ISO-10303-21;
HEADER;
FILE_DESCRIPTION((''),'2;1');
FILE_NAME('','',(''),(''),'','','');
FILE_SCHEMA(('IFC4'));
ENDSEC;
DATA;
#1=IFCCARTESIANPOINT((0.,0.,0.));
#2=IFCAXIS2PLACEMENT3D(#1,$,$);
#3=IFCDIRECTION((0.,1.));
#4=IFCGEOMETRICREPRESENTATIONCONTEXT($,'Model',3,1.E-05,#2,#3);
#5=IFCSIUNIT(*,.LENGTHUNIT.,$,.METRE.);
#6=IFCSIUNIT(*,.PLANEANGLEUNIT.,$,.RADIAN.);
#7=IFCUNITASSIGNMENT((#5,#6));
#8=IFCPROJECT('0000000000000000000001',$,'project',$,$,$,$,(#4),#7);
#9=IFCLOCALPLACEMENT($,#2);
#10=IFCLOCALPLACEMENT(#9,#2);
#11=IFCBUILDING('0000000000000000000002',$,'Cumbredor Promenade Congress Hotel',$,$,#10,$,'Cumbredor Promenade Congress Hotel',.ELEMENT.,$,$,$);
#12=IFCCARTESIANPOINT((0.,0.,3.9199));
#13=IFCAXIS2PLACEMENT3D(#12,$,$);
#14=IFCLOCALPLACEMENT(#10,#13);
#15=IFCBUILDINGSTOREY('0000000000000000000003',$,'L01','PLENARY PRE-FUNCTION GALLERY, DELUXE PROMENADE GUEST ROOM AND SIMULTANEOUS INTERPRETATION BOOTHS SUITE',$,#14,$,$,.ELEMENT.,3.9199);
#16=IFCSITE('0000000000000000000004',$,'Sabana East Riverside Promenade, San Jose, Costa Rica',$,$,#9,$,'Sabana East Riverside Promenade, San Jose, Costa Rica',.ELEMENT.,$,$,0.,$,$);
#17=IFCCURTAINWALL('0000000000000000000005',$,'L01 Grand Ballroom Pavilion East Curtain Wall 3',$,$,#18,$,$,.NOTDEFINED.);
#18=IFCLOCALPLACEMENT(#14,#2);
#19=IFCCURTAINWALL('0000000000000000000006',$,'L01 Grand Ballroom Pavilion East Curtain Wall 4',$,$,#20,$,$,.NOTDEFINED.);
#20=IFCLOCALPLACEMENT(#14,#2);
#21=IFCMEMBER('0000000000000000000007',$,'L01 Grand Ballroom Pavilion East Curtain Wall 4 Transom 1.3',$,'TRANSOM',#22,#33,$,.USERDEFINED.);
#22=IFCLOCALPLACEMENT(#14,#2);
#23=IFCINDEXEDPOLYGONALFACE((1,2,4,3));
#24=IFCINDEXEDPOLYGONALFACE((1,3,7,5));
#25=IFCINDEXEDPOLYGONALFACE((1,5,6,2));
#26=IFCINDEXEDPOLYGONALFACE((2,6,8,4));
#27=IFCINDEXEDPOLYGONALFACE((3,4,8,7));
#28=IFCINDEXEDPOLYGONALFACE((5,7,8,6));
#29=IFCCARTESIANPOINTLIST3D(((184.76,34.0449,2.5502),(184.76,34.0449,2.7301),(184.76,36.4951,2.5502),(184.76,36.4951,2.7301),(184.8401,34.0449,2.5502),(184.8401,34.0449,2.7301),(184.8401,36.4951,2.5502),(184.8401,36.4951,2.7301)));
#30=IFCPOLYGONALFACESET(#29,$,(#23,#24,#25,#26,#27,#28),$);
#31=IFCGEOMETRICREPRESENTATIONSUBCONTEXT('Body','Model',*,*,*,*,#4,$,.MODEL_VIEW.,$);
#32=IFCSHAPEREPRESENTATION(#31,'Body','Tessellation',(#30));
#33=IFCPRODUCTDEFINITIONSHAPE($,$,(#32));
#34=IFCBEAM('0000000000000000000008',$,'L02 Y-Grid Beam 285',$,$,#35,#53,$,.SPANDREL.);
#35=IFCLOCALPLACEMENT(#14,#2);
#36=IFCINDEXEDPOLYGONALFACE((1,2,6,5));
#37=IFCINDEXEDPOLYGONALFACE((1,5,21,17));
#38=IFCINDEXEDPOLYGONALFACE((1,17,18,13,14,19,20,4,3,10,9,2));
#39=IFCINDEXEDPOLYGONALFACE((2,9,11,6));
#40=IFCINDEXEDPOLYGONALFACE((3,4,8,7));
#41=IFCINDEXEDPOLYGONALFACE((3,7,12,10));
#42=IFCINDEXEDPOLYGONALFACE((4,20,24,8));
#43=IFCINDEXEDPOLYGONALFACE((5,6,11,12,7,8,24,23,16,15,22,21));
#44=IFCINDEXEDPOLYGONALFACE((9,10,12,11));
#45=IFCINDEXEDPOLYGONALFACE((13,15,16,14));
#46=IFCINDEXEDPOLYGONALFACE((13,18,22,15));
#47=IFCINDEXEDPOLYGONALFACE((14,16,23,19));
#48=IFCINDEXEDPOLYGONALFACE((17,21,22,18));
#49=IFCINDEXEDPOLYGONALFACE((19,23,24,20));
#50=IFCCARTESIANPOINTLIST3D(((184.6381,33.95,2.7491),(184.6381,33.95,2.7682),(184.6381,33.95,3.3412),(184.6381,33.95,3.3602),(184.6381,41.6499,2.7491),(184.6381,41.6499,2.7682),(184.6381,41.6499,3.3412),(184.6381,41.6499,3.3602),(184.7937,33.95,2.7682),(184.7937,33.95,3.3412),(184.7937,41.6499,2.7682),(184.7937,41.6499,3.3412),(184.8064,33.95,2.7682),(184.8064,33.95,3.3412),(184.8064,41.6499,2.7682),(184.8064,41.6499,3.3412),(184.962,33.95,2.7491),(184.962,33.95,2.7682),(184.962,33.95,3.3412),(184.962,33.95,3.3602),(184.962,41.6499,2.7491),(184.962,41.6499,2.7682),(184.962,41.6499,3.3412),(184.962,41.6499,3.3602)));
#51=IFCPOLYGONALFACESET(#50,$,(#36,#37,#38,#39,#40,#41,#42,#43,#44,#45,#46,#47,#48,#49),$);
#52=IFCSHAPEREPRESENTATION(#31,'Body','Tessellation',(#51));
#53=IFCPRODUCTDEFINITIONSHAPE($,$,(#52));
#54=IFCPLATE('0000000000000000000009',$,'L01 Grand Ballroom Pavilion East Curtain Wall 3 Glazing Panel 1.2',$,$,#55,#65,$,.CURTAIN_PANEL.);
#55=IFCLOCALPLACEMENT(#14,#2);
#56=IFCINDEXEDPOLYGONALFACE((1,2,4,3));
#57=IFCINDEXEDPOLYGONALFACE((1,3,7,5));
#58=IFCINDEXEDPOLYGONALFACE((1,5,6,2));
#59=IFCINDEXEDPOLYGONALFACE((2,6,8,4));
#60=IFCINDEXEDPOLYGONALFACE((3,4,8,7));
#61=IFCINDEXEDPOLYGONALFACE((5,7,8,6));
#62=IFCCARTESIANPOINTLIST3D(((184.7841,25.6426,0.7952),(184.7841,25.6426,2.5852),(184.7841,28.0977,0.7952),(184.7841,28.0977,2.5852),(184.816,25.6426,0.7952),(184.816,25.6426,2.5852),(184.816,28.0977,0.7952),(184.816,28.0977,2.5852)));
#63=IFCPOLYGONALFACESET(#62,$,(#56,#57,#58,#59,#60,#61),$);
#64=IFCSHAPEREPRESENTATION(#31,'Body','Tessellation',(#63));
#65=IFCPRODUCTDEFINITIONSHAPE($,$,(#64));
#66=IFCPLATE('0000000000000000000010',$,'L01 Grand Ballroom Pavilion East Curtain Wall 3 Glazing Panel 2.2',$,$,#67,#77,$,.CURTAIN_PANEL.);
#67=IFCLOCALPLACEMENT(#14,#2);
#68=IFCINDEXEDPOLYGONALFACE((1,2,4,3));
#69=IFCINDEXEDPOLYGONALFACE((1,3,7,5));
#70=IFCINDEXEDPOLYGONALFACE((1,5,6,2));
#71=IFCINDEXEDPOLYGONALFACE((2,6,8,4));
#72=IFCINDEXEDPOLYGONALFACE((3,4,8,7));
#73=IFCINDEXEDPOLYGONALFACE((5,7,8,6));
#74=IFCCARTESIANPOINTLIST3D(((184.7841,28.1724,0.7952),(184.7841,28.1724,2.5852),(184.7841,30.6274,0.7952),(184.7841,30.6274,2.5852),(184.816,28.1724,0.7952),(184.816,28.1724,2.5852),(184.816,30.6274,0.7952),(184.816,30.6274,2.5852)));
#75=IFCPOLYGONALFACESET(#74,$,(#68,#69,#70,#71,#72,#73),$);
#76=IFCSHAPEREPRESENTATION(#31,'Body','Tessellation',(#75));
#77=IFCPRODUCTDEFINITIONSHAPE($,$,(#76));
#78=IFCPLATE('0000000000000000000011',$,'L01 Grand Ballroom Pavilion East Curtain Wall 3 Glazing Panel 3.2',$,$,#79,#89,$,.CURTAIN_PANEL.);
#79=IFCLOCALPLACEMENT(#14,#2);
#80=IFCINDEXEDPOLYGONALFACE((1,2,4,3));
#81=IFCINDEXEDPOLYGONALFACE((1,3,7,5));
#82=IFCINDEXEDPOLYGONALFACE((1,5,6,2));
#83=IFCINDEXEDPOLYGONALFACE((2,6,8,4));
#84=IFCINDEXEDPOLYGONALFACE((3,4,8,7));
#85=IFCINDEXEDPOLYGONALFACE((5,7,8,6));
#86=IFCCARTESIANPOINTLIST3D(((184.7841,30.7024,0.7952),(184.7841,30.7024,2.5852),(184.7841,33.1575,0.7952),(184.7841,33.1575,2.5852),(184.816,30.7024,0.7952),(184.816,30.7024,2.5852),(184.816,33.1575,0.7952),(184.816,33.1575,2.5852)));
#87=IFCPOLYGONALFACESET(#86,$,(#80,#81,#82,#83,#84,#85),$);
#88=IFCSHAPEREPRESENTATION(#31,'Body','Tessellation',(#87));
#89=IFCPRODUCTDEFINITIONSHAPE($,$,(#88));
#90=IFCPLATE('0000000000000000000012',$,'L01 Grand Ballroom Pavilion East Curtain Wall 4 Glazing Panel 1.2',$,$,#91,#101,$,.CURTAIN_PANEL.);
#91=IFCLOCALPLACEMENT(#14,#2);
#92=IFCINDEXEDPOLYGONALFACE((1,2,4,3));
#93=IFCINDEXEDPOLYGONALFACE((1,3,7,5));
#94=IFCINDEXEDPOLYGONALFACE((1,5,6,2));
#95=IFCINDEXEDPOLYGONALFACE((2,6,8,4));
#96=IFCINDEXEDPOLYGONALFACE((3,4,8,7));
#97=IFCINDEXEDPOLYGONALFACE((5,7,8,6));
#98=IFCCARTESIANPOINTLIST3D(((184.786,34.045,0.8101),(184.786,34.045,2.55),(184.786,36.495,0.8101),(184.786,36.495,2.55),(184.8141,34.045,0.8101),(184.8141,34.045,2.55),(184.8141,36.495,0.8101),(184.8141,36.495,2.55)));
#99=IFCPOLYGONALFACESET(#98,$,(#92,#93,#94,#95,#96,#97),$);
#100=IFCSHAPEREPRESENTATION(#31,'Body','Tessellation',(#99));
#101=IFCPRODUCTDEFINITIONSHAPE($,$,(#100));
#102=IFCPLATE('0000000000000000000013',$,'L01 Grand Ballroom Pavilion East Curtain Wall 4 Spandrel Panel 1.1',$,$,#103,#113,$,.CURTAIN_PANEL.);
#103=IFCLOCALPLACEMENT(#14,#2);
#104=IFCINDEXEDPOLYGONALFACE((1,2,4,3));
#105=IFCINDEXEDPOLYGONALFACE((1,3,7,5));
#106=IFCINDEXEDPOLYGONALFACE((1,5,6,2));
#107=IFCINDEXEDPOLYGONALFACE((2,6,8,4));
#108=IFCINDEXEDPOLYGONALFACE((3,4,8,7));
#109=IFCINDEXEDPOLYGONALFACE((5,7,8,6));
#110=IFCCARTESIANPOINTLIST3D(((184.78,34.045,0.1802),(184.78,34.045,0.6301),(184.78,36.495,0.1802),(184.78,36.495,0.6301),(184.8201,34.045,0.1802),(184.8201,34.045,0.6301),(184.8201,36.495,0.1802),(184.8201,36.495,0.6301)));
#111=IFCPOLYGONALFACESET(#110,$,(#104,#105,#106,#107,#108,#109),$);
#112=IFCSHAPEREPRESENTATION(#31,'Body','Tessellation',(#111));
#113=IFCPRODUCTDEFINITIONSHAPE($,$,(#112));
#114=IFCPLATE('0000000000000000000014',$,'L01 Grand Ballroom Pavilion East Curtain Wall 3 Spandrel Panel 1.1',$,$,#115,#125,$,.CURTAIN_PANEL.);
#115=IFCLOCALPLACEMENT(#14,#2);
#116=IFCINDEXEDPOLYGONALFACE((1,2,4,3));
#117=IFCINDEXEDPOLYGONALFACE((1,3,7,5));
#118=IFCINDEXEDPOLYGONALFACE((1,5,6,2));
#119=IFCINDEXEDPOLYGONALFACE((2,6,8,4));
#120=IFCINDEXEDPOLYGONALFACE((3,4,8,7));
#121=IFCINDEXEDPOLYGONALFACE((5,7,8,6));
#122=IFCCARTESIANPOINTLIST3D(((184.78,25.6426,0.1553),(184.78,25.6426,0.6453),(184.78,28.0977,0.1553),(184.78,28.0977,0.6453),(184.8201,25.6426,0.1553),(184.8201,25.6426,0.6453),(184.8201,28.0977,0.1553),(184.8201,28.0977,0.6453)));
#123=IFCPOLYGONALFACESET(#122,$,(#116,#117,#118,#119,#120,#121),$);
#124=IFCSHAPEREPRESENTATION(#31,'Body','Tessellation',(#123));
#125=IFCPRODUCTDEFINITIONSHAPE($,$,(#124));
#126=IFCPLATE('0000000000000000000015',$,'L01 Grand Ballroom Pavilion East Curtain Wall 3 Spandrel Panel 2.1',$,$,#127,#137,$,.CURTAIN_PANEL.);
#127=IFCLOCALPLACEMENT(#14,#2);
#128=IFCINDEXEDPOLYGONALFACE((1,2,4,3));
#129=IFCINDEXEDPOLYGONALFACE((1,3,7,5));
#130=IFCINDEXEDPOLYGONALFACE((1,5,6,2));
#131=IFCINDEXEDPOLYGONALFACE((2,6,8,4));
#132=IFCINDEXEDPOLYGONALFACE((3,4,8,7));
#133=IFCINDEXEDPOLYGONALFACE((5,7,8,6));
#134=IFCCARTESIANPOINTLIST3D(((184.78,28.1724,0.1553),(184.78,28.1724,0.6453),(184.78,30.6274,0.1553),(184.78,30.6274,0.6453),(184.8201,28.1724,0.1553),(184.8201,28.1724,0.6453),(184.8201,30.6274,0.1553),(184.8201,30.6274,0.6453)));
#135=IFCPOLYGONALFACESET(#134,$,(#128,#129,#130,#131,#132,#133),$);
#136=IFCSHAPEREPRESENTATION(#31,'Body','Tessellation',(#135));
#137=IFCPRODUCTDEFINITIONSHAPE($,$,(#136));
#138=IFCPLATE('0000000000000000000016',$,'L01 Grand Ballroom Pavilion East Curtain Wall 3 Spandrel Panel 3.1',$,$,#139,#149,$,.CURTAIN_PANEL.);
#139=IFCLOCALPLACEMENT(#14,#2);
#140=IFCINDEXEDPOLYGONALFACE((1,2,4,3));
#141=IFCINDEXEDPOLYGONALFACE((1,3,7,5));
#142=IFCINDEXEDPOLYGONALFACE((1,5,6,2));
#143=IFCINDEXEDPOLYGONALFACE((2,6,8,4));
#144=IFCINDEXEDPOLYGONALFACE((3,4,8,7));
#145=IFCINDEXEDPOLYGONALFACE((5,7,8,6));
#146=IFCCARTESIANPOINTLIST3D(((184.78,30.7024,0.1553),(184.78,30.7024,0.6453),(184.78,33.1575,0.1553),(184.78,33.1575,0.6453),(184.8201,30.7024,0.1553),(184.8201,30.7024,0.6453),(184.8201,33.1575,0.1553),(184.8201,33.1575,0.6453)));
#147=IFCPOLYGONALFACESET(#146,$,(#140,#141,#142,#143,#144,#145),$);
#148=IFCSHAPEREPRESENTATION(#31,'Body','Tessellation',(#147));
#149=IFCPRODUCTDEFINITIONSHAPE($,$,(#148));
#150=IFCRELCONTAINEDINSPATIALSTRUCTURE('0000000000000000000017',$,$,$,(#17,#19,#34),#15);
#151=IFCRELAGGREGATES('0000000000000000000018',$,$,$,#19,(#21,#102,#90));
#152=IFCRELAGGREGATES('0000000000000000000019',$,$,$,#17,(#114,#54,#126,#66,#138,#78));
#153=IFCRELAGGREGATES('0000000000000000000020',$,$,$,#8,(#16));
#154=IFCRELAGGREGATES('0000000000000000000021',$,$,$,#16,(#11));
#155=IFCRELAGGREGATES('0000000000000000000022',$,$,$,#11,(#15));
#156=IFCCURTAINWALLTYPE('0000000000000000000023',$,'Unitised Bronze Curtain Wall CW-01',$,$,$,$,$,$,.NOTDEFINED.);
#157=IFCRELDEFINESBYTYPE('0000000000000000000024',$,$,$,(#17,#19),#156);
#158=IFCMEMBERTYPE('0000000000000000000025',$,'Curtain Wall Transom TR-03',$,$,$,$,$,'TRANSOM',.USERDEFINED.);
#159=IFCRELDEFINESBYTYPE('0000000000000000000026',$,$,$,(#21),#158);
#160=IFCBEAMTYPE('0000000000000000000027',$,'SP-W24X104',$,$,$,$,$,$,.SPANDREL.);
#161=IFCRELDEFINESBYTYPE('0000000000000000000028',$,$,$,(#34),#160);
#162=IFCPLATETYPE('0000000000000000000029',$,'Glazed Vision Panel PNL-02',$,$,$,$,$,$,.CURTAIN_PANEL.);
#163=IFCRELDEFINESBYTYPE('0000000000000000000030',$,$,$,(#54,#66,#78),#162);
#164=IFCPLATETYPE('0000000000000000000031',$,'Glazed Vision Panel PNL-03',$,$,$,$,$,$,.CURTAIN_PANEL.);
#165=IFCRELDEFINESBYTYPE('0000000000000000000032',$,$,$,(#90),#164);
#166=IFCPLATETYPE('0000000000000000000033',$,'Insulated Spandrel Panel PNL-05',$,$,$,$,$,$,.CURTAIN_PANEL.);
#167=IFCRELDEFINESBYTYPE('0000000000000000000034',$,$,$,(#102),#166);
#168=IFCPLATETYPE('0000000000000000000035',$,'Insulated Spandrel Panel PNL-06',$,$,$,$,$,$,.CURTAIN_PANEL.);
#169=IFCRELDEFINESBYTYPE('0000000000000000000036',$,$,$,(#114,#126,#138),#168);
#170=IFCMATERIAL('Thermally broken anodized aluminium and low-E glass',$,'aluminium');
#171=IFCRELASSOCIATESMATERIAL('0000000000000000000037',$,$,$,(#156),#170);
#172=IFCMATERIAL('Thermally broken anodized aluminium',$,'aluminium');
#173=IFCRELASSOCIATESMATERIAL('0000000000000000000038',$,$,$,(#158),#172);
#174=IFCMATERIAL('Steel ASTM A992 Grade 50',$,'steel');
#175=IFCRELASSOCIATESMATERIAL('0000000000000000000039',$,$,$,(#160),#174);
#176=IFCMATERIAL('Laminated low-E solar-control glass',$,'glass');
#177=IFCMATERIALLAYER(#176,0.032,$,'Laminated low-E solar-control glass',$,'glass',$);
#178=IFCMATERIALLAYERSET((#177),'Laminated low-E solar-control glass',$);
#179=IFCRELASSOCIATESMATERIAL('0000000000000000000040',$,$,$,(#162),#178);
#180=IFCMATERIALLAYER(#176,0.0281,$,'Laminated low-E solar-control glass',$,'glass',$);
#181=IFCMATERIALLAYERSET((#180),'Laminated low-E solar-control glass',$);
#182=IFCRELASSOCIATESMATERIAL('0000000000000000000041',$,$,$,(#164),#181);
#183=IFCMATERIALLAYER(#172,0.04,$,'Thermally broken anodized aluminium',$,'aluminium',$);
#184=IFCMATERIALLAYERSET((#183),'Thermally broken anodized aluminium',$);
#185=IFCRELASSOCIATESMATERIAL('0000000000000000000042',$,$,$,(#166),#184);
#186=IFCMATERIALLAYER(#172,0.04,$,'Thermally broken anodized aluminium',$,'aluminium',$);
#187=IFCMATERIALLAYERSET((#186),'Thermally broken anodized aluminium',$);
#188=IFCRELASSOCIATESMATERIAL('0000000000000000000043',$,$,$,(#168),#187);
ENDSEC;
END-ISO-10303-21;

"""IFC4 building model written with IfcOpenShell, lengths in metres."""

from ifc_helpers import new_model, si_unit, direction, frame, origin, origin_2d, place, context, subcontext, project, spatial, rectangle, i_section, extrude, material, layer, layer_set, material_profile, profile_set, type_object, element, aggregate, save


model = new_model("IFC4")

# Units and contexts
model_context = context("Model", 3, precision=1e-05, world=origin(), true_north=direction((0.0, 1.0)))
body_context = subcontext(model_context, "Body", "Model", "MODEL_VIEW")
ifc_project = project(units=[si_unit("LENGTHUNIT", "METRE"), si_unit("PLANEANGLEUNIT", "RADIAN")], contexts=[model_context])

# Site, building, storey
site_placement = place(None, origin())
site = spatial("IfcSite", under=ifc_project, at=site_placement, Name="Sabana East Riverside Promenade, San Jose, Costa Rica", LongName="Sabana East Riverside Promenade, San Jose, Costa Rica", CompositionType="ELEMENT", RefElevation=0.0)
building_placement = place(site_placement, origin())
building = spatial("IfcBuilding", under=site, at=building_placement, Name="Cumbredor Promenade Congress Hotel", LongName="Cumbredor Promenade Congress Hotel", CompositionType="ELEMENT")
storey_placement = place(building_placement, frame((0.0, 0.0, 3.9199)))
storey = spatial("IfcBuildingStorey", under=building, at=storey_placement, Name="L01", Description="PLENARY PRE-FUNCTION GALLERY, DELUXE PROMENADE GUEST ROOM AND SIMULTANEOUS INTERPRETATION BOOTHS SUITE", CompositionType="ELEMENT", Elevation=3.9199)

# Curtain walls
ifc_material_1 = material(Name="Thermally broken anodized aluminium and low-E glass", Category="aluminium")
curtain_wall_type = type_object("IfcCurtainWallType", Name="Unitised Bronze Curtain Wall CW-01", PredefinedType="NOTDEFINED", material=ifc_material_1)
curtain_wall_1_placement = place(storey_placement, origin())
curtain_wall_1 = element("IfcCurtainWall", 1, at=curtain_wall_1_placement, inside=storey, type_object=curtain_wall_type, Name="L01 Grand Ballroom Pavilion East Curtain Wall 3", PredefinedType="NOTDEFINED")
ifc_material_2 = material(Name="Thermally broken anodized aluminium", Category="aluminium")
curtain_wall_2_placement = place(storey_placement, origin())
curtain_wall_2 = element("IfcCurtainWall", 2, at=curtain_wall_2_placement, inside=storey, type_object=curtain_wall_type, Name="L01 Grand Ballroom Pavilion East Curtain Wall 4", PredefinedType="NOTDEFINED")

# Member
ifc_material_profile_1 = material_profile(ifc_material_2, rectangle(XDim=0.0801, YDim=0.1799, at=origin_2d()), Name="ALU TRANSOM 80x180")
ifc_profile_set_1 = profile_set([ifc_material_profile_1], Name="Thermally broken anodized aluminium")
member_type_1 = type_object("IfcMemberType", Name="Curtain Wall Transom TR-03", ElementType="TRANSOM", PredefinedType="USERDEFINED", material=ifc_profile_set_1)
member_1_placement = place(storey_placement, frame((184.8, 34.0449, 2.6401), z_axis=(0.0, 1.0, 0.0), x_axis=(-1.0, 0.0, 0.0)))
member_1 = element("IfcMember", 3, at=member_1_placement, type_object=member_type_1, Name="L01 Grand Ballroom Pavilion East Curtain Wall 4 Transom 1.3", ObjectType="TRANSOM", PredefinedType="USERDEFINED", context=body_context, shape_type="SweptSolid", body=[
    extrude(rectangle(XDim=0.0801, YDim=0.1799, at=origin_2d()), origin(), (0.0, 0.0, 1.0), 2.4502),
])

# Beam
ifc_material_3 = material(Name="Steel ASTM A992 Grade 50", Category="steel")
ifc_material_profile_2 = material_profile(ifc_material_3, i_section(OverallWidth=0.324, OverallDepth=0.6111, WebThickness=0.0127, FlangeThickness=0.019, at=origin_2d()), Name="W24X104")
ifc_profile_set_2 = profile_set([ifc_material_profile_2], Name="Steel ASTM A992 Grade 50")
beam_type = type_object("IfcBeamType", Name="SP-W24X104", PredefinedType="SPANDREL", material=ifc_profile_set_2)
beam_placement = place(storey_placement, frame((184.8, 33.95, 3.0547), z_axis=(0.0, 1.0, 0.0), x_axis=(-1.0, 0.0, 0.0)))
element("IfcBeam", 4, at=beam_placement, inside=storey, type_object=beam_type, Name="L02 Y-Grid Beam 285", PredefinedType="SPANDREL", context=body_context, shape_type="SweptSolid", body=[
    extrude(i_section(OverallWidth=0.324, OverallDepth=0.6111, WebThickness=0.0127, FlangeThickness=0.019, at=origin_2d()), origin(), (0.0, 0.0, 1.0), 7.7),
])

# Plates
ifc_material_4 = material(Name="Laminated low-E solar-control glass", Category="glass")
ifc_layer_1 = layer(ifc_material_4, 0.032, Name="Laminated low-E solar-control glass", Category="glass")
ifc_layer_set_1 = layer_set([ifc_layer_1], Name="Laminated low-E solar-control glass")
plate_type_1 = type_object("IfcPlateType", Name="Glazed Vision Panel PNL-02", PredefinedType="CURTAIN_PANEL", material=ifc_layer_set_1)
plate_1_placement = place(storey_placement, frame((184.8, 26.8701, 0.7952), z_axis=(0.0, 0.0, 1.0), x_axis=(0.0, 1.0, 0.0)))
plate_1 = element("IfcPlate", 5, at=plate_1_placement, type_object=plate_type_1, Name="L01 Grand Ballroom Pavilion East Curtain Wall 3 Glazing Panel 1.2", PredefinedType="CURTAIN_PANEL", context=body_context, shape_type="SweptSolid", body=[
    extrude(rectangle(XDim=2.4551, YDim=0.032, at=origin_2d()), origin(), (0.0, 0.0, 1.0), 1.79),
])
plate_2_placement = place(storey_placement, frame((184.8, 29.3999, 0.7952), z_axis=(0.0, 0.0, 1.0), x_axis=(0.0, 1.0, 0.0)))
plate_2 = element("IfcPlate", 6, at=plate_2_placement, type_object=plate_type_1, Name="L01 Grand Ballroom Pavilion East Curtain Wall 3 Glazing Panel 2.2", PredefinedType="CURTAIN_PANEL", context=body_context, shape_type="SweptSolid", body=[
    extrude(rectangle(XDim=2.4551, YDim=0.032, at=origin_2d()), origin(), (0.0, 0.0, 1.0), 1.79),
])
plate_3_placement = place(storey_placement, frame((184.8, 31.9299, 0.7952), z_axis=(0.0, 0.0, 1.0), x_axis=(0.0, 1.0, 0.0)))
plate_3 = element("IfcPlate", 7, at=plate_3_placement, type_object=plate_type_1, Name="L01 Grand Ballroom Pavilion East Curtain Wall 3 Glazing Panel 3.2", PredefinedType="CURTAIN_PANEL", context=body_context, shape_type="SweptSolid", body=[
    extrude(rectangle(XDim=2.4551, YDim=0.032, at=origin_2d()), origin(), (0.0, 0.0, 1.0), 1.79),
])
ifc_layer_2 = layer(ifc_material_4, 0.0281, Name="Laminated low-E solar-control glass", Category="glass")
ifc_layer_set_2 = layer_set([ifc_layer_2], Name="Laminated low-E solar-control glass")
plate_type_2 = type_object("IfcPlateType", Name="Glazed Vision Panel PNL-03", PredefinedType="CURTAIN_PANEL", material=ifc_layer_set_2)
plate_4_placement = place(storey_placement, frame((184.8, 35.27, 0.8101), z_axis=(0.0, 0.0, 1.0), x_axis=(0.0, 1.0, 0.0)))
plate_4 = element("IfcPlate", 8, at=plate_4_placement, type_object=plate_type_2, Name="L01 Grand Ballroom Pavilion East Curtain Wall 4 Glazing Panel 1.2", PredefinedType="CURTAIN_PANEL", context=body_context, shape_type="SweptSolid", body=[
    extrude(rectangle(XDim=2.45, YDim=0.0281, at=origin_2d()), origin(), (0.0, 0.0, 1.0), 1.74),
])
ifc_layer_3 = layer(ifc_material_2, 0.04, Name="Thermally broken anodized aluminium", Category="aluminium")
ifc_layer_set_3 = layer_set([ifc_layer_3], Name="Thermally broken anodized aluminium")
plate_type_3 = type_object("IfcPlateType", Name="Insulated Spandrel Panel PNL-05", PredefinedType="CURTAIN_PANEL", material=ifc_layer_set_3)
plate_5_placement = place(storey_placement, frame((184.8, 35.27, 0.1802), z_axis=(0.0, 0.0, 1.0), x_axis=(0.0, 1.0, 0.0)))
plate_5 = element("IfcPlate", 9, at=plate_5_placement, type_object=plate_type_3, Name="L01 Grand Ballroom Pavilion East Curtain Wall 4 Spandrel Panel 1.1", PredefinedType="CURTAIN_PANEL", context=body_context, shape_type="SweptSolid", body=[
    extrude(rectangle(XDim=2.45, YDim=0.04, at=origin_2d()), origin(), (0.0, 0.0, 1.0), 0.45),
])
aggregate(curtain_wall_2, [member_1, plate_5, plate_4])
ifc_layer_4 = layer(ifc_material_2, 0.04, Name="Thermally broken anodized aluminium", Category="aluminium")
ifc_layer_set_4 = layer_set([ifc_layer_4], Name="Thermally broken anodized aluminium")
plate_type_4 = type_object("IfcPlateType", Name="Insulated Spandrel Panel PNL-06", PredefinedType="CURTAIN_PANEL", material=ifc_layer_set_4)
plate_6_placement = place(storey_placement, frame((184.8, 26.8701, 0.1553), z_axis=(0.0, 0.0, 1.0), x_axis=(0.0, 1.0, 0.0)))
plate_6 = element("IfcPlate", 10, at=plate_6_placement, type_object=plate_type_4, Name="L01 Grand Ballroom Pavilion East Curtain Wall 3 Spandrel Panel 1.1", PredefinedType="CURTAIN_PANEL", context=body_context, shape_type="SweptSolid", body=[
    extrude(rectangle(XDim=2.4551, YDim=0.04, at=origin_2d()), origin(), (0.0, 0.0, 1.0), 0.49),
])
plate_7_placement = place(storey_placement, frame((184.8, 29.3999, 0.1553), z_axis=(0.0, 0.0, 1.0), x_axis=(0.0, 1.0, 0.0)))
plate_7 = element("IfcPlate", 11, at=plate_7_placement, type_object=plate_type_4, Name="L01 Grand Ballroom Pavilion East Curtain Wall 3 Spandrel Panel 2.1", PredefinedType="CURTAIN_PANEL", context=body_context, shape_type="SweptSolid", body=[
    extrude(rectangle(XDim=2.4551, YDim=0.04, at=origin_2d()), origin(), (0.0, 0.0, 1.0), 0.49),
])
plate_8_placement = place(storey_placement, frame((184.8, 31.9299, 0.1553), z_axis=(0.0, 0.0, 1.0), x_axis=(0.0, 1.0, 0.0)))
plate_8 = element("IfcPlate", 12, at=plate_8_placement, type_object=plate_type_4, Name="L01 Grand Ballroom Pavilion East Curtain Wall 3 Spandrel Panel 3.1", PredefinedType="CURTAIN_PANEL", context=body_context, shape_type="SweptSolid", body=[
    extrude(rectangle(XDim=2.4551, YDim=0.04, at=origin_2d()), origin(), (0.0, 0.0, 1.0), 0.49),
])
aggregate(curtain_wall_1, [plate_6, plate_1, plate_7, plate_2, plate_8, plate_3])

save(model, "model.ifc")
